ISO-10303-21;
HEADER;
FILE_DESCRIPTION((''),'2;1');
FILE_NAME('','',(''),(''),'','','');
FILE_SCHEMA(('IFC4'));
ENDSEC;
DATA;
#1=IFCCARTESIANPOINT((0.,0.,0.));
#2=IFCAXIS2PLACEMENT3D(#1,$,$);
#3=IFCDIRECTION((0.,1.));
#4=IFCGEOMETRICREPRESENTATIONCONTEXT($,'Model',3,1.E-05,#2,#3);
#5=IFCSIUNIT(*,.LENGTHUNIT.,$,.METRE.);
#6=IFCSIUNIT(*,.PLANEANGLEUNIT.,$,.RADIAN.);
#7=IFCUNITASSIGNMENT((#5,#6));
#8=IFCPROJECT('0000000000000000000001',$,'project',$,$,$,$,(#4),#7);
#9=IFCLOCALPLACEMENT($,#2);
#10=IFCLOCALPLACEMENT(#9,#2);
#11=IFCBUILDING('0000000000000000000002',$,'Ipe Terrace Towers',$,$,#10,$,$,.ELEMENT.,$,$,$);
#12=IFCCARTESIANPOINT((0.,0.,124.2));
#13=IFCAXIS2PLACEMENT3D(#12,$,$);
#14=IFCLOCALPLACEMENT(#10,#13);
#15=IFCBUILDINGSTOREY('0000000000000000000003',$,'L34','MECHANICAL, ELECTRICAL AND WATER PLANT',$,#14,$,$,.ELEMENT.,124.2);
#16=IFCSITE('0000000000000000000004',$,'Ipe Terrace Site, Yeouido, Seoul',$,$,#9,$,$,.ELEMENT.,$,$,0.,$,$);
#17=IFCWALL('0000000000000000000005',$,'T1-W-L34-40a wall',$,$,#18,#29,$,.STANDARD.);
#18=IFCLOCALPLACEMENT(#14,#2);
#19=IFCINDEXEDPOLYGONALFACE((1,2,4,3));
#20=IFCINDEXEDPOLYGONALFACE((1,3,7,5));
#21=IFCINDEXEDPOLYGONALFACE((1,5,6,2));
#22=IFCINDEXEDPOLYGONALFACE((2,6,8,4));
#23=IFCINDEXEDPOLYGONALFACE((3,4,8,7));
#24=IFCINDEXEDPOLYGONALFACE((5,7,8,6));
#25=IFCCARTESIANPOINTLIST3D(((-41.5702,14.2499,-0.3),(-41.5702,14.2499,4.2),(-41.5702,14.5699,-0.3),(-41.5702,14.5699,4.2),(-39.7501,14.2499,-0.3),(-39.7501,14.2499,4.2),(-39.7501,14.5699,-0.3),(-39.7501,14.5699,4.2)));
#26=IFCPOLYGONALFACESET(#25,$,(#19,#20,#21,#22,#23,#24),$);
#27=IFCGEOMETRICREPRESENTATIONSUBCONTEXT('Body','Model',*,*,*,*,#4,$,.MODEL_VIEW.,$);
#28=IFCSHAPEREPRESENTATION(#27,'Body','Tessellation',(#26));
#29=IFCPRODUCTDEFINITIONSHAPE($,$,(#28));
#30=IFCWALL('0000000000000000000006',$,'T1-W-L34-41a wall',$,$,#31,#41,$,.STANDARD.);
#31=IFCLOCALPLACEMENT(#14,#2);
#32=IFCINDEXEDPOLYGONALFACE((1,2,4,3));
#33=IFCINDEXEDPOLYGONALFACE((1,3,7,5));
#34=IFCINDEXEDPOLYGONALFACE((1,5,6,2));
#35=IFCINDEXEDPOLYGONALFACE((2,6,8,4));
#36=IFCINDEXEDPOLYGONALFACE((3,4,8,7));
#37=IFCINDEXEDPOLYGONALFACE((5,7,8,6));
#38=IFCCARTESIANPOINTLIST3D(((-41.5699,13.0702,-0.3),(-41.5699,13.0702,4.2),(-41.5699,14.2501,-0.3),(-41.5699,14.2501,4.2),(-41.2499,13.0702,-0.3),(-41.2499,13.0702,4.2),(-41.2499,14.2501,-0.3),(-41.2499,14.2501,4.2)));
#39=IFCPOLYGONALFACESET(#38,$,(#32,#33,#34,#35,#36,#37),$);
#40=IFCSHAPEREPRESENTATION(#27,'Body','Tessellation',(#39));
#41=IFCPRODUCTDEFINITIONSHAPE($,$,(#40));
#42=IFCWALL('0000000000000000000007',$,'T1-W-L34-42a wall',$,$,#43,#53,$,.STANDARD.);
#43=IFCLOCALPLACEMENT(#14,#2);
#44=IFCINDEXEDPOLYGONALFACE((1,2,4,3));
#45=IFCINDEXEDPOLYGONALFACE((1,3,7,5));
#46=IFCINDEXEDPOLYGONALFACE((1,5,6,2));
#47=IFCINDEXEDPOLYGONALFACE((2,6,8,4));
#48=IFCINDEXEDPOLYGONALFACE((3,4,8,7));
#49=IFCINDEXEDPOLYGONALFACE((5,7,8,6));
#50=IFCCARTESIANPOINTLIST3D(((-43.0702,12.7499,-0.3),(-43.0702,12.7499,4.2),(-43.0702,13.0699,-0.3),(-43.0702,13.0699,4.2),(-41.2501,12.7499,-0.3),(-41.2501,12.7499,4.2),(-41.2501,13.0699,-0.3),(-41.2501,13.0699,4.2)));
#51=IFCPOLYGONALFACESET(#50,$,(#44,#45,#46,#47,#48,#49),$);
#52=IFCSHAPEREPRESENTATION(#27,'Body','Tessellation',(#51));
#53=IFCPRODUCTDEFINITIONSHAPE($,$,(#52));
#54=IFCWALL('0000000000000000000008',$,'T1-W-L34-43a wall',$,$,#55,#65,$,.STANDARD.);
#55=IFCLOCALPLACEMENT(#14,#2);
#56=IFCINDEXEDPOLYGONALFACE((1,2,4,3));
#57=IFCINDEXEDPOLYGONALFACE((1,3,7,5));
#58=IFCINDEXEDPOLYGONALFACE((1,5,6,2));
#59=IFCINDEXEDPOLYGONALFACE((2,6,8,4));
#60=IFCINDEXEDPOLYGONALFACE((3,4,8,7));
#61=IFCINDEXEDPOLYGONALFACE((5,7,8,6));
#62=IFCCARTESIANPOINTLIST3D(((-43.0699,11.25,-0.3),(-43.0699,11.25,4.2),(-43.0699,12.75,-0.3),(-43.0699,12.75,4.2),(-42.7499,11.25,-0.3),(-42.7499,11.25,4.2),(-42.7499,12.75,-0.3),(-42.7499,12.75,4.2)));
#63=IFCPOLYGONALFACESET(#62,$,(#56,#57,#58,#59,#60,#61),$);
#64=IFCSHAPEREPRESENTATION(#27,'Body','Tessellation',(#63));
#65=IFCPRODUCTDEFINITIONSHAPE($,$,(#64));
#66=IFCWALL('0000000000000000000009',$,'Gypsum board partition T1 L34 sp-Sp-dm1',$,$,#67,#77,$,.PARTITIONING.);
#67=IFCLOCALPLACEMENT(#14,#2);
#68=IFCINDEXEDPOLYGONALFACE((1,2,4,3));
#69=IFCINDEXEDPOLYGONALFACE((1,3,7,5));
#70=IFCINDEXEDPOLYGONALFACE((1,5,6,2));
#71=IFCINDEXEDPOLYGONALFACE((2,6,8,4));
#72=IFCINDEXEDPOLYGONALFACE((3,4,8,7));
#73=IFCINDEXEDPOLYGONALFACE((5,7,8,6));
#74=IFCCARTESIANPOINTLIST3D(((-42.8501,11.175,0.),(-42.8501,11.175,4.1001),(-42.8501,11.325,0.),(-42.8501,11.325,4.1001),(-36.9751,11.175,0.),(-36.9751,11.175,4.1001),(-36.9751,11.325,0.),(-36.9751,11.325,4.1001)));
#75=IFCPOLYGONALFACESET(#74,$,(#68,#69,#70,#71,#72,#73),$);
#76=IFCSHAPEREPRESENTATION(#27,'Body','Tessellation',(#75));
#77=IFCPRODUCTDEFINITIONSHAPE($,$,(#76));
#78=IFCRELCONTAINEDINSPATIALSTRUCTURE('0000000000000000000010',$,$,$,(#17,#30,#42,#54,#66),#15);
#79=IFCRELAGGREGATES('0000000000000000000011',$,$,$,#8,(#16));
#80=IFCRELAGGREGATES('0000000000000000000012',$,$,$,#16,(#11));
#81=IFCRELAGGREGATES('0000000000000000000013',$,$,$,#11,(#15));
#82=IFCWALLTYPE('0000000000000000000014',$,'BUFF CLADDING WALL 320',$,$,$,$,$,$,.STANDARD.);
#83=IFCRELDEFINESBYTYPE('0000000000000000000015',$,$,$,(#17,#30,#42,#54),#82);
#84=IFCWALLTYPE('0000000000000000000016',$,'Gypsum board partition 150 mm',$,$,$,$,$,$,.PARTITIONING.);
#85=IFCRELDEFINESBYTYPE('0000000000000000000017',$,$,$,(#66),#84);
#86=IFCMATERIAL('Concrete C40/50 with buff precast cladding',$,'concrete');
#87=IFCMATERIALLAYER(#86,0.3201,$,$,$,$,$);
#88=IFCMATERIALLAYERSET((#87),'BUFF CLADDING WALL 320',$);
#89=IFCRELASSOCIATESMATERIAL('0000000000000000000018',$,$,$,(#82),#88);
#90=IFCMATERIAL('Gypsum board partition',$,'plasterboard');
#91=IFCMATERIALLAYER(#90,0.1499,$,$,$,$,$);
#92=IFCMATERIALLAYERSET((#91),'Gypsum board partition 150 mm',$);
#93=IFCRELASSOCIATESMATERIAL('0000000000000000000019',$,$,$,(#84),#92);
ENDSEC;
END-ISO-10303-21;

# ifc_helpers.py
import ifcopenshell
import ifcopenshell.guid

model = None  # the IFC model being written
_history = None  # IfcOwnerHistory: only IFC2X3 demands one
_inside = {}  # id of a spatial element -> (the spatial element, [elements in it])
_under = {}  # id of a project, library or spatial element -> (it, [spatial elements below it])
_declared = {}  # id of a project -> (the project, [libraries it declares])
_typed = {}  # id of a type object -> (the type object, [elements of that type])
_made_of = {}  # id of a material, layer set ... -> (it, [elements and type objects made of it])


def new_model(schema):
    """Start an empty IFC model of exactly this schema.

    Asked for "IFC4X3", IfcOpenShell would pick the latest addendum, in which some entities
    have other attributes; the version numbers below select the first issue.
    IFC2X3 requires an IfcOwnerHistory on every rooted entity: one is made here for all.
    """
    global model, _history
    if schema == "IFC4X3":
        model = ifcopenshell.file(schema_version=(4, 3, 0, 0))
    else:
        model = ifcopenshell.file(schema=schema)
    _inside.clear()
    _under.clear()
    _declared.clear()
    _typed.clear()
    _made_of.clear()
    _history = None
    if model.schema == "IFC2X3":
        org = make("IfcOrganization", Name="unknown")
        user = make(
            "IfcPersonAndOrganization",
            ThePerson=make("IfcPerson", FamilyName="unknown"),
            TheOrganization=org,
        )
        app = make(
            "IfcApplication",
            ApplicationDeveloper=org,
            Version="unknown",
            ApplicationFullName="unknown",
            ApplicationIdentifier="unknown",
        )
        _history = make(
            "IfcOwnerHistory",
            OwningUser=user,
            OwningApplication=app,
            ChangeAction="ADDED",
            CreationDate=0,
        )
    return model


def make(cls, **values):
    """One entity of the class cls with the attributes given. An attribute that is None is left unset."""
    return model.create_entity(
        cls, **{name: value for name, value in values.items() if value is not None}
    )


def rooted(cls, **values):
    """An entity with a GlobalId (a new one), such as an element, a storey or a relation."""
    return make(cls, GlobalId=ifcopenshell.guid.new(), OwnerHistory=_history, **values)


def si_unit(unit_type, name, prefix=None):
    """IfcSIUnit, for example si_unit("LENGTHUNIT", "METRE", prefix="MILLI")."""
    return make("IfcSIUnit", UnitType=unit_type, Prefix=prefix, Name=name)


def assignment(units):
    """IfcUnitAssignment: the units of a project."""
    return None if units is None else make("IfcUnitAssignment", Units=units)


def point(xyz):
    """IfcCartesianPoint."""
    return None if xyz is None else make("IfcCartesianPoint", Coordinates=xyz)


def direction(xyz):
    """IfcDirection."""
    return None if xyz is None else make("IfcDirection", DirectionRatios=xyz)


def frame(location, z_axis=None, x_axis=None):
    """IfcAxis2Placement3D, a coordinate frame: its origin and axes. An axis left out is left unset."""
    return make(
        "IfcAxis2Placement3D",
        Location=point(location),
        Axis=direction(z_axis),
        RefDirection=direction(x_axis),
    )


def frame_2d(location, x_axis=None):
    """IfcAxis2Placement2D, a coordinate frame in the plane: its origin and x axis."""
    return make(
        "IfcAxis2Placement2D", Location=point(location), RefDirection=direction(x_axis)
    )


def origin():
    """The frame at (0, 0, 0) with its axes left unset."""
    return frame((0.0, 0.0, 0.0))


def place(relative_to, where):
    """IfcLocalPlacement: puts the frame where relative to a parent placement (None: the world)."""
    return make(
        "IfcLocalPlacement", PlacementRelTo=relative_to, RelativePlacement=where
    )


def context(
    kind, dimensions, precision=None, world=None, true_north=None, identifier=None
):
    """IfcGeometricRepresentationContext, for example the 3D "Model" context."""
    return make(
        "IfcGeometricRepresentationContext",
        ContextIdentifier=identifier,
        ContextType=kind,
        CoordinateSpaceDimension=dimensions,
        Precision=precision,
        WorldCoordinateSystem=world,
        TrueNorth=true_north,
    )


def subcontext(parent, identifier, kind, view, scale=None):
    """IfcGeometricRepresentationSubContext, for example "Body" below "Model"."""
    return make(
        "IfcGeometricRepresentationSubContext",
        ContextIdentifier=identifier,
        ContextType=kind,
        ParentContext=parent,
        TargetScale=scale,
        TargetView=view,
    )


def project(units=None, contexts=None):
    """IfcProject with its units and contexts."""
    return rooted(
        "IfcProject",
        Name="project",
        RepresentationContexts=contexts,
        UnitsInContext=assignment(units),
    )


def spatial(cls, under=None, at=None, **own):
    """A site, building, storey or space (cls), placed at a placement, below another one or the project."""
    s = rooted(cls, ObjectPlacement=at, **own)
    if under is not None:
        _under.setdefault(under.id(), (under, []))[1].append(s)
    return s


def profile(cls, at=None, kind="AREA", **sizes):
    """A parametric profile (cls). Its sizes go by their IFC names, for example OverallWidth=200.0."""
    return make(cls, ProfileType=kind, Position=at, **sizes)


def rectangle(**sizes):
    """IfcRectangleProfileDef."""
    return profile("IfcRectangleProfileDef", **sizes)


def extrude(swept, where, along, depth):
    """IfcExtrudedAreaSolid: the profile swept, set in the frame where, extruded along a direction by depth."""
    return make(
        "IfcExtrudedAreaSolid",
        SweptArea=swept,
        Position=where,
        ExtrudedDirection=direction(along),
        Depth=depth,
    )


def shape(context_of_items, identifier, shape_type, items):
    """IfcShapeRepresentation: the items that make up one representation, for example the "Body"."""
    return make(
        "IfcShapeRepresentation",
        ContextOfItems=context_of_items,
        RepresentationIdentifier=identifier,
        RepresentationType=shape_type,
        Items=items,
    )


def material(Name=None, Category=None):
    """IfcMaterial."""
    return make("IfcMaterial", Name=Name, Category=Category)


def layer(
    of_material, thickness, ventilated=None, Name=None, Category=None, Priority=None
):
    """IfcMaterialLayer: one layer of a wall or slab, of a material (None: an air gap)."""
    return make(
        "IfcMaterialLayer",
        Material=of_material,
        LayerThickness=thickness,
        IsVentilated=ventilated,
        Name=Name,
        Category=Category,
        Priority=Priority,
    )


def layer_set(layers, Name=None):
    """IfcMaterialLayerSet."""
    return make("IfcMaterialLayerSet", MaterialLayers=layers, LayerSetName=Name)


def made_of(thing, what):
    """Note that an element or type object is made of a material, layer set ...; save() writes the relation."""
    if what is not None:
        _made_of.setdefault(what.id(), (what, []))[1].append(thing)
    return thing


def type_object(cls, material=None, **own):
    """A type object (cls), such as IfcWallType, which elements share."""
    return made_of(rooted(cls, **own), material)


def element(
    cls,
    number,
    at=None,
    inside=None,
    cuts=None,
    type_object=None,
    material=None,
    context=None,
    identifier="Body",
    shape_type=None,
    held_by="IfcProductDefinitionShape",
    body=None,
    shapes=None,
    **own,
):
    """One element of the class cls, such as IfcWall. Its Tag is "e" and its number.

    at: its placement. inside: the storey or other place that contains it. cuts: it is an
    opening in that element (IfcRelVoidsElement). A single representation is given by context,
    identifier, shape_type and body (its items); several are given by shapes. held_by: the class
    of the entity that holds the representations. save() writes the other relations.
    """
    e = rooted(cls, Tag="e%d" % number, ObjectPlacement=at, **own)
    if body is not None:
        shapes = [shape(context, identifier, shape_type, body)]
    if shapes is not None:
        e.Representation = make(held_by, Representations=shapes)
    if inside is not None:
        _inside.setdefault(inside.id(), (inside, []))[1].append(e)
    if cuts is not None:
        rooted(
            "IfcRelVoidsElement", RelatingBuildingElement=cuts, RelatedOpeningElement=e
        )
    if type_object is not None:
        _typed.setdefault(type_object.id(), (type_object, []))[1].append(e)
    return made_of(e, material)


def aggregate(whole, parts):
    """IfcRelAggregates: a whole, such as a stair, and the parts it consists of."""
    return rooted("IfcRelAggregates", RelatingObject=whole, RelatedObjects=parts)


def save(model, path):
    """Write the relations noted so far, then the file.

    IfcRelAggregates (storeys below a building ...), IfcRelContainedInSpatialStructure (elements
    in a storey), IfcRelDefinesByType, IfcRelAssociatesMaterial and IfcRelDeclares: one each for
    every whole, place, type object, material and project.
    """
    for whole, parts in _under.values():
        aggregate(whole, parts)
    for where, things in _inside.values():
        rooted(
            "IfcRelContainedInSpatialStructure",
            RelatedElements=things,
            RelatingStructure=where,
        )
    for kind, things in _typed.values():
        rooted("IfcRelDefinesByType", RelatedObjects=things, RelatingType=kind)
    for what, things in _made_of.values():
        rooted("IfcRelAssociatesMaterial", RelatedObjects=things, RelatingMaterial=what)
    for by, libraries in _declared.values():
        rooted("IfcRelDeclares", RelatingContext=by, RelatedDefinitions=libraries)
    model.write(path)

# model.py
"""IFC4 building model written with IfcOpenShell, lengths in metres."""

from ifc_helpers import new_model, si_unit, direction, frame, frame_2d, origin, place, context, subcontext, project, spatial, rectangle, extrude, material, layer, layer_set, type_object, element, save


model = new_model("IFC4")

# Units and contexts
model_context = context("Model", 3, precision=1e-05, world=origin(), true_north=direction((0.0, 1.0)))
body_context = subcontext(model_context, "Body", "Model", "MODEL_VIEW")
ifc_project = project(units=[si_unit("LENGTHUNIT", "METRE"), si_unit("PLANEANGLEUNIT", "RADIAN")], contexts=[model_context])

# Site, building, storey
site_placement = place(None, origin())
site = spatial("IfcSite", under=ifc_project, at=site_placement, Name="Ipe Terrace Site, Yeouido, Seoul", CompositionType="ELEMENT", RefElevation=0.0)
building_placement = place(site_placement, origin())
building = spatial("IfcBuilding", under=site, at=building_placement, Name="Ipe Terrace Towers", CompositionType="ELEMENT")
storey_placement = place(building_placement, frame((0.0, 0.0, 124.2)))
storey = spatial("IfcBuildingStorey", under=building, at=storey_placement, Name="L34", Description="MECHANICAL, ELECTRICAL AND WATER PLANT", CompositionType="ELEMENT", Elevation=124.2)

# Walls
ifc_material_1 = material(Name="Concrete C40/50 with buff precast cladding", Category="concrete")
ifc_layer_1 = layer(ifc_material_1, 0.3201)
ifc_layer_set_1 = layer_set([ifc_layer_1], Name="BUFF CLADDING WALL 320")
wall_type_1 = type_object("IfcWallType", Name="BUFF CLADDING WALL 320", PredefinedType="STANDARD", material=ifc_layer_set_1)
wall_1_placement = place(storey_placement, frame((-39.75, 14.4099, -0.3), z_axis=(0.0, 0.0, 1.0), x_axis=(-1.0, 0.0, 0.0)))
element("IfcWall", 1, at=wall_1_placement, inside=storey, type_object=wall_type_1, Name="T1-W-L34-40a wall", PredefinedType="STANDARD", context=body_context, shape_type="SweptSolid", body=[
    extrude(rectangle(XDim=1.8201, YDim=0.3201, at=frame_2d((0.9102, 0.0))), origin(), (0.0, 0.0, 1.0), 4.5),
])
wall_2_placement = place(storey_placement, frame((-41.4099, 14.25, -0.3), z_axis=(0.0, 0.0, 1.0), x_axis=(0.0, -1.0, 0.0)))
element("IfcWall", 2, at=wall_2_placement, inside=storey, type_object=wall_type_1, Name="T1-W-L34-41a wall", PredefinedType="STANDARD", context=body_context, shape_type="SweptSolid", body=[
    extrude(rectangle(XDim=1.1799, YDim=0.3201, at=frame_2d((0.5898, 0.0))), origin(), (0.0, 0.0, 1.0), 4.5),
])
wall_3_placement = place(storey_placement, frame((-41.25, 12.9099, -0.3), z_axis=(0.0, 0.0, 1.0), x_axis=(-1.0, 0.0, 0.0)))
element("IfcWall", 3, at=wall_3_placement, inside=storey, type_object=wall_type_1, Name="T1-W-L34-42a wall", PredefinedType="STANDARD", context=body_context, shape_type="SweptSolid", body=[
    extrude(rectangle(XDim=1.8201, YDim=0.3201, at=frame_2d((0.9102, 0.0))), origin(), (0.0, 0.0, 1.0), 4.5),
])
wall_4_placement = place(storey_placement, frame((-42.9099, 12.75, -0.3), z_axis=(0.0, 0.0, 1.0), x_axis=(0.0, -1.0, 0.0)))
element("IfcWall", 4, at=wall_4_placement, inside=storey, type_object=wall_type_1, Name="T1-W-L34-43a wall", PredefinedType="STANDARD", context=body_context, shape_type="SweptSolid", body=[
    extrude(rectangle(XDim=1.5, YDim=0.3201, at=frame_2d((0.75, 0.0))), origin(), (0.0, 0.0, 1.0), 4.5),
])
ifc_material_2 = material(Name="Gypsum board partition", Category="plasterboard")
ifc_layer_2 = layer(ifc_material_2, 0.1499)
ifc_layer_set_2 = layer_set([ifc_layer_2], Name="Gypsum board partition 150 mm")
wall_type_2 = type_object("IfcWallType", Name="Gypsum board partition 150 mm", PredefinedType="PARTITIONING", material=ifc_layer_set_2)
wall_5_placement = place(storey_placement, frame((-36.9751, 11.25, 0.0), z_axis=(0.0, 0.0, 1.0), x_axis=(-1.0, 0.0, 0.0)))
element("IfcWall", 5, at=wall_5_placement, inside=storey, type_object=wall_type_2, Name="Gypsum board partition T1 L34 sp-Sp-dm1", PredefinedType="PARTITIONING", context=body_context, shape_type="SweptSolid", body=[
    extrude(rectangle(XDim=5.875, YDim=0.1499, at=frame_2d((2.9375, 0.0))), origin(), (0.0, 0.0, 1.0), 4.1001),
])

save(model, "model.ifc")
